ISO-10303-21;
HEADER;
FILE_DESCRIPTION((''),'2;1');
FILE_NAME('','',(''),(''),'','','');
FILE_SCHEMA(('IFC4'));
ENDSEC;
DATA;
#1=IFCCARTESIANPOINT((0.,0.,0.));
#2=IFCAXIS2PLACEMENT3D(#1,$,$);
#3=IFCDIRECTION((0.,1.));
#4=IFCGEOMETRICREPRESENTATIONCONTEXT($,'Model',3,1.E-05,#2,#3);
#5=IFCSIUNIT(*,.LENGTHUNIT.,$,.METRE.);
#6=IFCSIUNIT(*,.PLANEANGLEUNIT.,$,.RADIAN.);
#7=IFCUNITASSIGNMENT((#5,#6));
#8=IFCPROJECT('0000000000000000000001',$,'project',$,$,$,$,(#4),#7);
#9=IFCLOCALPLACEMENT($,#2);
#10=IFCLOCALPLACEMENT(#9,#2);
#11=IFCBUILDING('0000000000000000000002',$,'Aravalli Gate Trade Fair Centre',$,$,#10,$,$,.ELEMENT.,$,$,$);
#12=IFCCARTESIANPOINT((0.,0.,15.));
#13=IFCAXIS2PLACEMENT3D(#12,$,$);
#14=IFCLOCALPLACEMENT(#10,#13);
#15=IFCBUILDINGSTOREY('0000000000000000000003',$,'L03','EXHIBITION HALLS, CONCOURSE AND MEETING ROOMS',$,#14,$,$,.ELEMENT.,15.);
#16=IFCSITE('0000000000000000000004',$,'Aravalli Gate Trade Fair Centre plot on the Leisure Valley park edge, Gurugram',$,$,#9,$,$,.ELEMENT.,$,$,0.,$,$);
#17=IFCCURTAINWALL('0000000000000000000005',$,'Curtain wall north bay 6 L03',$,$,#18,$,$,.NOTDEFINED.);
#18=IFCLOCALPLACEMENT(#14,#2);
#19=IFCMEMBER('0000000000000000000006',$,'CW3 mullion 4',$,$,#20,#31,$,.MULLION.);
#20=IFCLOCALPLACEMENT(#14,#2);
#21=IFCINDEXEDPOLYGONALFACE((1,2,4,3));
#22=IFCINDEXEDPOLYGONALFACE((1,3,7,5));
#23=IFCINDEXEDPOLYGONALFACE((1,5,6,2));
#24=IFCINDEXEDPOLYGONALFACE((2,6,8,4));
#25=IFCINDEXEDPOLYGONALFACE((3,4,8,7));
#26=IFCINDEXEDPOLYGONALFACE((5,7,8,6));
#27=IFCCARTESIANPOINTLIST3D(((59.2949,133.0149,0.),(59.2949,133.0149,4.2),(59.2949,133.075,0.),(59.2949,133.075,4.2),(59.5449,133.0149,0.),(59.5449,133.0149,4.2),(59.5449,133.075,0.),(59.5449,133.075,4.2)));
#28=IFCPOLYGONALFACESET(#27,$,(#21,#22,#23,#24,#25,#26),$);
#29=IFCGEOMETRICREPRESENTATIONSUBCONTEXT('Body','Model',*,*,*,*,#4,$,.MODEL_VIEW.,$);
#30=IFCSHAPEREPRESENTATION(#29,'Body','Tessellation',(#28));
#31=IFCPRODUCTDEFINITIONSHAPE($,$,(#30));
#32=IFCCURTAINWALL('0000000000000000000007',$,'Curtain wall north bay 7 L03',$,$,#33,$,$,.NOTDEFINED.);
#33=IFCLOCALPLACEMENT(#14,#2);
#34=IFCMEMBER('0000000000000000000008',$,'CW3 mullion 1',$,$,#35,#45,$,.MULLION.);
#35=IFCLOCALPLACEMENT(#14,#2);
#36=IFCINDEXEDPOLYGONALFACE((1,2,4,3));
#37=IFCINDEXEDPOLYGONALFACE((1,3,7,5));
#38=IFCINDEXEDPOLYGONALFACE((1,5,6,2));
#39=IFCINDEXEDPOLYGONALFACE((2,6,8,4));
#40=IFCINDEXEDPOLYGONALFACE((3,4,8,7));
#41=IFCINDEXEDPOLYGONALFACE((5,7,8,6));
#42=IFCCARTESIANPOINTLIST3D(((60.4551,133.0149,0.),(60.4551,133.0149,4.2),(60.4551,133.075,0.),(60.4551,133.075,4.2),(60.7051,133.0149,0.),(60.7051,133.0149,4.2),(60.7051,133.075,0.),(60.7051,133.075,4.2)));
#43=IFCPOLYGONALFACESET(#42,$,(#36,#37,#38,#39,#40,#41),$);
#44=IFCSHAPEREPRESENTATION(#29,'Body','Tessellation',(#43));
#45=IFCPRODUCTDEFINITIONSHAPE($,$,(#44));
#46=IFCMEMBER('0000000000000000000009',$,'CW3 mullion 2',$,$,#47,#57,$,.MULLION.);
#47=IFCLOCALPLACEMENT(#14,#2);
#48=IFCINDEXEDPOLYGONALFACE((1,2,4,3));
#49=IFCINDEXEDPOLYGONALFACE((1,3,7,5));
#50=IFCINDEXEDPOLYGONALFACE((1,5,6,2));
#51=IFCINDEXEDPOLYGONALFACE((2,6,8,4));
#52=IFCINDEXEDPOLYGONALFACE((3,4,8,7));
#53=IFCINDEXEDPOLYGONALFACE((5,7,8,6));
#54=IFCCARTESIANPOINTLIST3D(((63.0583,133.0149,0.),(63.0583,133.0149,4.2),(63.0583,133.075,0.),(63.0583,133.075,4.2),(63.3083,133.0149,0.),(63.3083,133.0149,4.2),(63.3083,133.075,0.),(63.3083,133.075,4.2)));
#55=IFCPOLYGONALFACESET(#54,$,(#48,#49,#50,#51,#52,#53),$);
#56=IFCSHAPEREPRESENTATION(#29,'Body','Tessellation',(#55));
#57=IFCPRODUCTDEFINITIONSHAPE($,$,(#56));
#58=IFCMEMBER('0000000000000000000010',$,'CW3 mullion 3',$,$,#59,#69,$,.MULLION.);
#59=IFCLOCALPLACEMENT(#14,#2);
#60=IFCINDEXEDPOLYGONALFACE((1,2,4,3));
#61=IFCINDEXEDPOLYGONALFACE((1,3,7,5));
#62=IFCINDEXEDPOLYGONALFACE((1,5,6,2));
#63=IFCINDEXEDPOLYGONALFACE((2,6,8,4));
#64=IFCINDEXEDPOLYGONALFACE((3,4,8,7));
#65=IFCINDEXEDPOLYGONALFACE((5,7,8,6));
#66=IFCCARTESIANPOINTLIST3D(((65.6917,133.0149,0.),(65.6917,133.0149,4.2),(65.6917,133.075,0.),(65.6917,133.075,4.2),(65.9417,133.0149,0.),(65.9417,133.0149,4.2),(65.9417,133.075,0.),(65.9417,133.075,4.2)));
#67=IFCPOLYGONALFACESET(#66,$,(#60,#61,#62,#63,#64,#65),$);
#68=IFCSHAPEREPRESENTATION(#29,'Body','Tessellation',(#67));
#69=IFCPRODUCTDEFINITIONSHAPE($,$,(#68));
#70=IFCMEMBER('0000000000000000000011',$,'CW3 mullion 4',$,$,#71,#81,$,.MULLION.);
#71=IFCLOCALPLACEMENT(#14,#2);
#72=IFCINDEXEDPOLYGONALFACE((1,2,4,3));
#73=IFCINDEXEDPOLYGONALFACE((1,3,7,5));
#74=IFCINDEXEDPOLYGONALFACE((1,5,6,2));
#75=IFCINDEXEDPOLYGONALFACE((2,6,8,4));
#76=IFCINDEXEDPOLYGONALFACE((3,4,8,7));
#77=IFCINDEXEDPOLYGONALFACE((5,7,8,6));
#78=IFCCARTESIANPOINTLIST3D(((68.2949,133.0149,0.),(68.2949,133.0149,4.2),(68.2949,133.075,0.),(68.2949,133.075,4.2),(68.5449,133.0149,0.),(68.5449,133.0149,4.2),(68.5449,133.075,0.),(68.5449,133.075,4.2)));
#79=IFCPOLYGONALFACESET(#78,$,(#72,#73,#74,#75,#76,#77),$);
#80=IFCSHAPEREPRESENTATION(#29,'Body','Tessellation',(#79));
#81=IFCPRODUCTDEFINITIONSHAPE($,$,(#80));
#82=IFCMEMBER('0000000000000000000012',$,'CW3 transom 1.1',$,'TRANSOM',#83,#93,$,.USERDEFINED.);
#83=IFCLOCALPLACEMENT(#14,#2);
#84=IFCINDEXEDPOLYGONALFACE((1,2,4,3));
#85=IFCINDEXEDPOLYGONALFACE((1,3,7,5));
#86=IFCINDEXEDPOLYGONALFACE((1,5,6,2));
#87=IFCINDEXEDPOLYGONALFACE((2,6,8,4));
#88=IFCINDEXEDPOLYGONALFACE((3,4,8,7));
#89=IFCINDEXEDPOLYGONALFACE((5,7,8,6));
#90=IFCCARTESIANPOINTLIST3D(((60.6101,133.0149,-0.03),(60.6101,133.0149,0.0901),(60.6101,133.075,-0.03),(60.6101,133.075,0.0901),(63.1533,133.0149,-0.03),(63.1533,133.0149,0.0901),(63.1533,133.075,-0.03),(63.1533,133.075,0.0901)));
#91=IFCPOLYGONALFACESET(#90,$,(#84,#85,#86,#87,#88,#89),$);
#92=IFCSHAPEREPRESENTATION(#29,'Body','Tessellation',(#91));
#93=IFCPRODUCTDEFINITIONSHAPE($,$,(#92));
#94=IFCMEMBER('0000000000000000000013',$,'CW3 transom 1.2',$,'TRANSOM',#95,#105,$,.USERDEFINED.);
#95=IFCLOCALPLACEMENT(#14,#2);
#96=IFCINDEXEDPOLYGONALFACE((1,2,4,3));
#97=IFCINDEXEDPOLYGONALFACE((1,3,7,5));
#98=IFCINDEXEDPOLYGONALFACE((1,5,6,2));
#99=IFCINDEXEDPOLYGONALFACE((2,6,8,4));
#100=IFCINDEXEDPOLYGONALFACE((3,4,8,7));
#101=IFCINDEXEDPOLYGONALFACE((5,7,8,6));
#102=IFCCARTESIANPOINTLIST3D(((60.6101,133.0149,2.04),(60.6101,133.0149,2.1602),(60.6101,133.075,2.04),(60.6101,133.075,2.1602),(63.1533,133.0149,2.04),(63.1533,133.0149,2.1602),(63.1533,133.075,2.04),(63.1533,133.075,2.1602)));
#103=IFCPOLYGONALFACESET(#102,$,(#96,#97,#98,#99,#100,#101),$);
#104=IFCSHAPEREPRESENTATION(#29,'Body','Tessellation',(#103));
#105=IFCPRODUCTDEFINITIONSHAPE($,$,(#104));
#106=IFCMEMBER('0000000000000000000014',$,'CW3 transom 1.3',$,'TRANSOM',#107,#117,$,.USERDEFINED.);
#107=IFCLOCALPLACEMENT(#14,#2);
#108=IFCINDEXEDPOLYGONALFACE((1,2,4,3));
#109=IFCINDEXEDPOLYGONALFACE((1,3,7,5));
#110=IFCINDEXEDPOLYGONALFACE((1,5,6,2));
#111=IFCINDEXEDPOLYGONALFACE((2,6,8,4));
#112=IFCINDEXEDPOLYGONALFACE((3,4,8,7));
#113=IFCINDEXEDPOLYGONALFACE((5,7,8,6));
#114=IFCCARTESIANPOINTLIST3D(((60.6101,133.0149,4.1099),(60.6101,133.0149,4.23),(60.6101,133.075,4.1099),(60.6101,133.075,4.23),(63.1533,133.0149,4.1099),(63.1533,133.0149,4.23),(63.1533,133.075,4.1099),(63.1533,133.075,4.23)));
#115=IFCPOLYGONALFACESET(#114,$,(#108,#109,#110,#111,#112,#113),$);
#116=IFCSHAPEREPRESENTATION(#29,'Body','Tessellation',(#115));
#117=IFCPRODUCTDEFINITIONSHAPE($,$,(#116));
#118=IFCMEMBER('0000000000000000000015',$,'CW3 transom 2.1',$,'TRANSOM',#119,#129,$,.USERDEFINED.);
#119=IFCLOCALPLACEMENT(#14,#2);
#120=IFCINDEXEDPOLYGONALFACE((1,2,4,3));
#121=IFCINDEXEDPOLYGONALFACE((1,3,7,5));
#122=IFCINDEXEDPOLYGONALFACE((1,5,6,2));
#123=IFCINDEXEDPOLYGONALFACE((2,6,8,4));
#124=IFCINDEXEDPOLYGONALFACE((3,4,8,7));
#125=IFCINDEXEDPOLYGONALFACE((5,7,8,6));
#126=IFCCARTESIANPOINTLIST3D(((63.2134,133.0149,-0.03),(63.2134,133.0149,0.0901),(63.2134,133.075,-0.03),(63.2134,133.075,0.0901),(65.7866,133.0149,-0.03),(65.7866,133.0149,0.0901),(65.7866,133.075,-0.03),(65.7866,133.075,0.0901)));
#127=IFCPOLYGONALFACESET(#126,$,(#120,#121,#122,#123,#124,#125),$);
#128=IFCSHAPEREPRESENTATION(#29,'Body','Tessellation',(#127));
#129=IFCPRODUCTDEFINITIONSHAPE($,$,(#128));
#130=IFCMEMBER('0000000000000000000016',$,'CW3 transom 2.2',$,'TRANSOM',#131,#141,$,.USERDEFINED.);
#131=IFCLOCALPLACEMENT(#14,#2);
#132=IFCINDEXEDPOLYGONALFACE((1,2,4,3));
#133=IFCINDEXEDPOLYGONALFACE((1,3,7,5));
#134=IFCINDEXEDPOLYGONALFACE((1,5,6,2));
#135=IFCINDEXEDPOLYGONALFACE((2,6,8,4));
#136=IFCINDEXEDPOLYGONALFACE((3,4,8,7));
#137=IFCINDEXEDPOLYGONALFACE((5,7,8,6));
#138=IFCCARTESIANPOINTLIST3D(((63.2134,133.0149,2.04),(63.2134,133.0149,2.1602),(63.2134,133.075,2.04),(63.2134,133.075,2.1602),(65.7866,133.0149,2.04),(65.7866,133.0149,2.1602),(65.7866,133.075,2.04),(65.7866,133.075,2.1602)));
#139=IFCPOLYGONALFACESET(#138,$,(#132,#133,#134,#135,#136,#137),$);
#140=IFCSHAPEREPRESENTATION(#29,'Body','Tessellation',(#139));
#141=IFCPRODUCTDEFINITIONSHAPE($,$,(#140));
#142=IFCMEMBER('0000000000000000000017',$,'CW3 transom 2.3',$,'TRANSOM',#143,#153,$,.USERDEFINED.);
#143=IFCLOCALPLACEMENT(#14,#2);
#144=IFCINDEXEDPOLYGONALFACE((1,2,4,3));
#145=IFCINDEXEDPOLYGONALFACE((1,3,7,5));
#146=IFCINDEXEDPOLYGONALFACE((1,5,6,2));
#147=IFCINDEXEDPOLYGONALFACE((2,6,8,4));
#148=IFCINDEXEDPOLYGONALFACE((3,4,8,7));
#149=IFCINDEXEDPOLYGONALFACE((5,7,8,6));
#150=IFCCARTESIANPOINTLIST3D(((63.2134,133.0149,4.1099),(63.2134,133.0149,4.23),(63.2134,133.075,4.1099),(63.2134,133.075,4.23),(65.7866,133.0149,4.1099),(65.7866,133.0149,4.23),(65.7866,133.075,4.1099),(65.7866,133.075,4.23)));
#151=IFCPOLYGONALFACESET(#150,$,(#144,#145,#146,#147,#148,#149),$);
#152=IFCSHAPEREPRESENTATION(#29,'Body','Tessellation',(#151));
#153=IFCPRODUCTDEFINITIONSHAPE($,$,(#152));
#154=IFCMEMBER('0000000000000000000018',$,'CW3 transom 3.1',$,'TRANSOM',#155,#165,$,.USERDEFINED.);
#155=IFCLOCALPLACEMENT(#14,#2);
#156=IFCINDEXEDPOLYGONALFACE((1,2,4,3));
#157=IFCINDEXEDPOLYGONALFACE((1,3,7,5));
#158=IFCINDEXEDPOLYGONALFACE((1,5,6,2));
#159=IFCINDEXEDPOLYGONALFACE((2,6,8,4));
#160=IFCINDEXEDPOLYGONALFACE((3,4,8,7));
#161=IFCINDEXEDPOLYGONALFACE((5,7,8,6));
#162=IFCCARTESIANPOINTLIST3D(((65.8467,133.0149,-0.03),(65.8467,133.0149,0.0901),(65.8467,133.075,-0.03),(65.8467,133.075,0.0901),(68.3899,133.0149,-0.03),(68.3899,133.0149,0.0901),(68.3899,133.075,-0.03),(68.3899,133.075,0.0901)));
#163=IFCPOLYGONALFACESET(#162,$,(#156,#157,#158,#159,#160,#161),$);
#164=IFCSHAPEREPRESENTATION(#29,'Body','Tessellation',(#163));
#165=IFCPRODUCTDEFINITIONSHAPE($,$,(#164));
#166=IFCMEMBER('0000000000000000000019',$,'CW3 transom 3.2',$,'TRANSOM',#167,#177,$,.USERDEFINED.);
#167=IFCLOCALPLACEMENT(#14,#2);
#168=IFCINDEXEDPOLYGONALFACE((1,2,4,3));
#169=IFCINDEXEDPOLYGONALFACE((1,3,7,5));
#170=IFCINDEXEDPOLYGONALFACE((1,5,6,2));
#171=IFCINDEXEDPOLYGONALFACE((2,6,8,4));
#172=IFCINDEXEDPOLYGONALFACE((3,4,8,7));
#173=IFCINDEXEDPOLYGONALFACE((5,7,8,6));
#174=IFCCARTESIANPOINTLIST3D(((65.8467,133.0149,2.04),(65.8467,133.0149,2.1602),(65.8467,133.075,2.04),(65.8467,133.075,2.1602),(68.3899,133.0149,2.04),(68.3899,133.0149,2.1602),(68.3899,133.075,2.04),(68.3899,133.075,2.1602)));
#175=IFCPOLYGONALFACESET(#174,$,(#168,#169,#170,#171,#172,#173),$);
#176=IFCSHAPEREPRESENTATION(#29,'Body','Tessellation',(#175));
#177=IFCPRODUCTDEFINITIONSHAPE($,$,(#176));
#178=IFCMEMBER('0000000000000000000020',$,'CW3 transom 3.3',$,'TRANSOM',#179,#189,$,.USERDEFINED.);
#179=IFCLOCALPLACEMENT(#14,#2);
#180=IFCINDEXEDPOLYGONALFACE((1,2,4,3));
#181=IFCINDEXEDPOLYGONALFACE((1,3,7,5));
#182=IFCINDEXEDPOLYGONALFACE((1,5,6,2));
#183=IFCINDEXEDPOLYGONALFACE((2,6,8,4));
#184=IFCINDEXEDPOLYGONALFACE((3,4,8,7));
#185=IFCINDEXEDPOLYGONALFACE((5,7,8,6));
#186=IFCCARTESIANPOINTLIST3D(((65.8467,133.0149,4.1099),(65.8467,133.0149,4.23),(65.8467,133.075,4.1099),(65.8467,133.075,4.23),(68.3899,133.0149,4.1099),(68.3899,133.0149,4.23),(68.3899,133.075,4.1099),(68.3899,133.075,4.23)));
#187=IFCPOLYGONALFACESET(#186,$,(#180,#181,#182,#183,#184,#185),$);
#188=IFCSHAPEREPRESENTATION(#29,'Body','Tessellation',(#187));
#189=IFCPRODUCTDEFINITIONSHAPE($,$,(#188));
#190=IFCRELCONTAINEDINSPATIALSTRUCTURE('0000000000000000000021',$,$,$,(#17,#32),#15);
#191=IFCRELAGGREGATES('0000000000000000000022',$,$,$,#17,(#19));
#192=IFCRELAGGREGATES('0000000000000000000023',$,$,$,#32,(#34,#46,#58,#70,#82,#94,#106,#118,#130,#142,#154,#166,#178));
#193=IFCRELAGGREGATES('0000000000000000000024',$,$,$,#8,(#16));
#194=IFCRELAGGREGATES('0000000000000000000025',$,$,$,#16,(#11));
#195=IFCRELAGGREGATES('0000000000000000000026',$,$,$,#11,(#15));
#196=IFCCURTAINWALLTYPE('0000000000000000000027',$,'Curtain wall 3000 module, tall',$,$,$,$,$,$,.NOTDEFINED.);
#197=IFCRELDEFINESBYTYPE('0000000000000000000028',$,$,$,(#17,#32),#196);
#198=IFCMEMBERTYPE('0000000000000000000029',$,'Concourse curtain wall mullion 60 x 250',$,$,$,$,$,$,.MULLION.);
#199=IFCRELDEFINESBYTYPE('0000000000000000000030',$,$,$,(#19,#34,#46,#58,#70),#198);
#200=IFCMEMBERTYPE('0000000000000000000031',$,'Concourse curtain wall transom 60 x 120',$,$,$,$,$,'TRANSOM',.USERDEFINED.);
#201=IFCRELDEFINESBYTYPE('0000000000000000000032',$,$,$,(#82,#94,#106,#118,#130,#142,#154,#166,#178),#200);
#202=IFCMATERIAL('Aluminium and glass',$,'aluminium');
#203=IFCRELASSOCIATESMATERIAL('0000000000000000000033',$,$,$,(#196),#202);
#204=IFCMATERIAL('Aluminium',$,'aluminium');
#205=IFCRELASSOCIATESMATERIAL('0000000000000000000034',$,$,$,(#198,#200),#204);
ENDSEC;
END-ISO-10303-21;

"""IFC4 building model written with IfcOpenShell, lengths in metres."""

from ifc_helpers import new_model, si_unit, direction, frame, origin, origin_2d, place, context, subcontext, project, spatial, rectangle, extrude, material, material_profile, profile_set, type_object, element, aggregate, save


model = new_model("IFC4")

# Units and contexts
model_context = context("Model", 3, precision=1e-05, world=origin(), true_north=direction((0.0, 1.0)))
body_context = subcontext(model_context, "Body", "Model", "MODEL_VIEW")
ifc_project = project(units=[si_unit("LENGTHUNIT", "METRE"), si_unit("PLANEANGLEUNIT", "RADIAN")], contexts=[model_context])

# Site, building, storey
site_placement = place(None, origin())
site = spatial("IfcSite", under=ifc_project, at=site_placement, Name="Aravalli Gate Trade Fair Centre plot on the Leisure Valley park edge, Gurugram", CompositionType="ELEMENT", RefElevation=0.0)
building_placement = place(site_placement, origin())
building = spatial("IfcBuilding", under=site, at=building_placement, Name="Aravalli Gate Trade Fair Centre", CompositionType="ELEMENT")
storey_placement = place(building_placement, frame((0.0, 0.0, 15.0)))
storey = spatial("IfcBuildingStorey", under=building, at=storey_placement, Name="L03", Description="EXHIBITION HALLS, CONCOURSE AND MEETING ROOMS", CompositionType="ELEMENT", Elevation=15.0)

# Curtain wall, member
ifc_material_1 = material(Name="Aluminium and glass", Category="aluminium")
curtain_wall_type = type_object("IfcCurtainWallType", Name="Curtain wall 3000 module, tall", PredefinedType="NOTDEFINED", material=ifc_material_1)
curtain_wall_1_placement = place(storey_placement, origin())
curtain_wall_1 = element("IfcCurtainWall", 1, at=curtain_wall_1_placement, inside=storey, type_object=curtain_wall_type, Name="Curtain wall north bay 6 L03", PredefinedType="NOTDEFINED")
ifc_material_2 = material(Name="Aluminium", Category="aluminium")
ifc_material_profile_1 = material_profile(ifc_material_2, rectangle(XDim=0.0601, YDim=0.25, at=origin_2d()), Name="Concourse curtain wall mullion 60 x 250")
ifc_profile_set_1 = profile_set([ifc_material_profile_1], Name="Aluminium")
member_type_1 = type_object("IfcMemberType", Name="Concourse curtain wall mullion 60 x 250", PredefinedType="MULLION", material=ifc_profile_set_1)
member_1_placement = place(storey_placement, frame((59.4199, 133.0449, 0.0), z_axis=(0.0, 0.0, 1.0), x_axis=(0.0, 1.0, 0.0)))
member_1 = element("IfcMember", 2, at=member_1_placement, type_object=member_type_1, Name="CW3 mullion 4", PredefinedType="MULLION", context=body_context, shape_type="SweptSolid", body=[
    extrude(rectangle(XDim=0.0601, YDim=0.25, at=origin_2d()), origin(), (0.0, 0.0, 1.0), 4.2),
])

# Curtain wall, members
curtain_wall_2_placement = place(storey_placement, origin())
curtain_wall_2 = element("IfcCurtainWall", 3, at=curtain_wall_2_placement, inside=storey, type_object=curtain_wall_type, Name="Curtain wall north bay 7 L03", PredefinedType="NOTDEFINED")
member_2_placement = place(storey_placement, frame((60.5801, 133.0449, 0.0), z_axis=(0.0, 0.0, 1.0), x_axis=(0.0, 1.0, 0.0)))
member_2 = element("IfcMember", 4, at=member_2_placement, type_object=member_type_1, Name="CW3 mullion 1", PredefinedType="MULLION", context=body_context, shape_type="SweptSolid", body=[
    extrude(rectangle(XDim=0.0601, YDim=0.25, at=origin_2d()), origin(), (0.0, 0.0, 1.0), 4.2),
])
member_3_placement = place(storey_placement, frame((63.1833, 133.0449, 0.0), z_axis=(0.0, 0.0, 1.0), x_axis=(0.0, 1.0, 0.0)))
member_3 = element("IfcMember", 5, at=member_3_placement, type_object=member_type_1, Name="CW3 mullion 2", PredefinedType="MULLION", context=body_context, shape_type="SweptSolid", body=[
    extrude(rectangle(XDim=0.0601, YDim=0.25, at=origin_2d()), origin(), (0.0, 0.0, 1.0), 4.2),
])
member_4_placement = place(storey_placement, frame((65.8167, 133.0449, 0.0), z_axis=(0.0, 0.0, 1.0), x_axis=(0.0, 1.0, 0.0)))
member_4 = element("IfcMember", 6, at=member_4_placement, type_object=member_type_1, Name="CW3 mullion 3", PredefinedType="MULLION", context=body_context, shape_type="SweptSolid", body=[
    extrude(rectangle(XDim=0.0601, YDim=0.25, at=origin_2d()), origin(), (0.0, 0.0, 1.0), 4.2),
])
member_5_placement = place(storey_placement, frame((68.4199, 133.0449, 0.0), z_axis=(0.0, 0.0, 1.0), x_axis=(0.0, 1.0, 0.0)))
member_5 = element("IfcMember", 7, at=member_5_placement, type_object=member_type_1, Name="CW3 mullion 4", PredefinedType="MULLION", context=body_context, shape_type="SweptSolid", body=[
    extrude(rectangle(XDim=0.0601, YDim=0.25, at=origin_2d()), origin(), (0.0, 0.0, 1.0), 4.2),
])
ifc_material_profile_2 = material_profile(ifc_material_2, rectangle(XDim=0.0601, YDim=0.1201, at=origin_2d()), Name="Concourse curtain wall transom 60 x 120")
ifc_profile_set_2 = profile_set([ifc_material_profile_2], Name="Aluminium")
member_type_2 = type_object("IfcMemberType", Name="Concourse curtain wall transom 60 x 120", ElementType="TRANSOM", PredefinedType="USERDEFINED", material=ifc_profile_set_2)
member_6_placement = place(storey_placement, frame((60.6101, 133.0449, 0.03), z_axis=(1.0, 0.0, 0.0), x_axis=(0.0, 1.0, 0.0)))
member_6 = element("IfcMember", 8, at=member_6_placement, type_object=member_type_2, Name="CW3 transom 1.1", ObjectType="TRANSOM", PredefinedType="USERDEFINED", context=body_context, shape_type="SweptSolid", body=[
    extrude(rectangle(XDim=0.0601, YDim=0.1201, at=origin_2d()), origin(), (0.0, 0.0, 1.0), 2.5432),
])
member_7_placement = place(storey_placement, frame((60.6101, 133.0449, 2.1001), z_axis=(1.0, 0.0, 0.0), x_axis=(0.0, 1.0, 0.0)))
member_7 = element("IfcMember", 9, at=member_7_placement, type_object=member_type_2, Name="CW3 transom 1.2", ObjectType="TRANSOM", PredefinedType="USERDEFINED", context=body_context, shape_type="SweptSolid", body=[
    extrude(rectangle(XDim=0.0601, YDim=0.1201, at=origin_2d()), origin(), (0.0, 0.0, 1.0), 2.5432),
])
member_8_placement = place(storey_placement, frame((60.6101, 133.0449, 4.1699), z_axis=(1.0, 0.0, 0.0), x_axis=(0.0, 1.0, 0.0)))
member_8 = element("IfcMember", 10, at=member_8_placement, type_object=member_type_2, Name="CW3 transom 1.3", ObjectType="TRANSOM", PredefinedType="USERDEFINED", context=body_context, shape_type="SweptSolid", body=[
    extrude(rectangle(XDim=0.0601, YDim=0.1201, at=origin_2d()), origin(), (0.0, 0.0, 1.0), 2.5432),
])
member_9_placement = place(storey_placement, frame((63.2134, 133.0449, 0.03), z_axis=(1.0, 0.0, 0.0), x_axis=(0.0, 1.0, 0.0)))
member_9 = element("IfcMember", 11, at=member_9_placement, type_object=member_type_2, Name="CW3 transom 2.1", ObjectType="TRANSOM", PredefinedType="USERDEFINED", context=body_context, shape_type="SweptSolid", body=[
    extrude(rectangle(XDim=0.0601, YDim=0.1201, at=origin_2d()), origin(), (0.0, 0.0, 1.0), 2.5732),
])
member_10_placement = place(storey_placement, frame((63.2134, 133.0449, 2.1001), z_axis=(1.0, 0.0, 0.0), x_axis=(0.0, 1.0, 0.0)))
member_10 = element("IfcMember", 12, at=member_10_placement, type_object=member_type_2, Name="CW3 transom 2.2", ObjectType="TRANSOM", PredefinedType="USERDEFINED", context=body_context, shape_type="SweptSolid", body=[
    extrude(rectangle(XDim=0.0601, YDim=0.1201, at=origin_2d()), origin(), (0.0, 0.0, 1.0), 2.5732),
])
member_11_placement = place(storey_placement, frame((63.2134, 133.0449, 4.1699), z_axis=(1.0, 0.0, 0.0), x_axis=(0.0, 1.0, 0.0)))
member_11 = element("IfcMember", 13, at=member_11_placement, type_object=member_type_2, Name="CW3 transom 2.3", ObjectType="TRANSOM", PredefinedType="USERDEFINED", context=body_context, shape_type="SweptSolid", body=[
    extrude(rectangle(XDim=0.0601, YDim=0.1201, at=origin_2d()), origin(), (0.0, 0.0, 1.0), 2.5732),
])
member_12_placement = place(storey_placement, frame((65.8467, 133.0449, 0.03), z_axis=(1.0, 0.0, 0.0), x_axis=(0.0, 1.0, 0.0)))
member_12 = element("IfcMember", 14, at=member_12_placement, type_object=member_type_2, Name="CW3 transom 3.1", ObjectType="TRANSOM", PredefinedType="USERDEFINED", context=body_context, shape_type="SweptSolid", body=[
    extrude(rectangle(XDim=0.0601, YDim=0.1201, at=origin_2d()), origin(), (0.0, 0.0, 1.0), 2.5432),
])
member_13_placement = place(storey_placement, frame((65.8467, 133.0449, 2.1001), z_axis=(1.0, 0.0, 0.0), x_axis=(0.0, 1.0, 0.0)))
member_13 = element("IfcMember", 15, at=member_13_placement, type_object=member_type_2, Name="CW3 transom 3.2", ObjectType="TRANSOM", PredefinedType="USERDEFINED", context=body_context, shape_type="SweptSolid", body=[
    extrude(rectangle(XDim=0.0601, YDim=0.1201, at=origin_2d()), origin(), (0.0, 0.0, 1.0), 2.5432),
])
member_14_placement = place(storey_placement, frame((65.8467, 133.0449, 4.1699), z_axis=(1.0, 0.0, 0.0), x_axis=(0.0, 1.0, 0.0)))
member_14 = element("IfcMember", 16, at=member_14_placement, type_object=member_type_2, Name="CW3 transom 3.3", ObjectType="TRANSOM", PredefinedType="USERDEFINED", context=body_context, shape_type="SweptSolid", body=[
    extrude(rectangle(XDim=0.0601, YDim=0.1201, at=origin_2d()), origin(), (0.0, 0.0, 1.0), 2.5432),
])

aggregate(curtain_wall_1, [member_1])
aggregate(curtain_wall_2, [member_2, member_3, member_4, member_5, member_6, member_7, member_8, member_9, member_10, member_11, member_12, member_13, member_14])

save(model, "model.ifc")
